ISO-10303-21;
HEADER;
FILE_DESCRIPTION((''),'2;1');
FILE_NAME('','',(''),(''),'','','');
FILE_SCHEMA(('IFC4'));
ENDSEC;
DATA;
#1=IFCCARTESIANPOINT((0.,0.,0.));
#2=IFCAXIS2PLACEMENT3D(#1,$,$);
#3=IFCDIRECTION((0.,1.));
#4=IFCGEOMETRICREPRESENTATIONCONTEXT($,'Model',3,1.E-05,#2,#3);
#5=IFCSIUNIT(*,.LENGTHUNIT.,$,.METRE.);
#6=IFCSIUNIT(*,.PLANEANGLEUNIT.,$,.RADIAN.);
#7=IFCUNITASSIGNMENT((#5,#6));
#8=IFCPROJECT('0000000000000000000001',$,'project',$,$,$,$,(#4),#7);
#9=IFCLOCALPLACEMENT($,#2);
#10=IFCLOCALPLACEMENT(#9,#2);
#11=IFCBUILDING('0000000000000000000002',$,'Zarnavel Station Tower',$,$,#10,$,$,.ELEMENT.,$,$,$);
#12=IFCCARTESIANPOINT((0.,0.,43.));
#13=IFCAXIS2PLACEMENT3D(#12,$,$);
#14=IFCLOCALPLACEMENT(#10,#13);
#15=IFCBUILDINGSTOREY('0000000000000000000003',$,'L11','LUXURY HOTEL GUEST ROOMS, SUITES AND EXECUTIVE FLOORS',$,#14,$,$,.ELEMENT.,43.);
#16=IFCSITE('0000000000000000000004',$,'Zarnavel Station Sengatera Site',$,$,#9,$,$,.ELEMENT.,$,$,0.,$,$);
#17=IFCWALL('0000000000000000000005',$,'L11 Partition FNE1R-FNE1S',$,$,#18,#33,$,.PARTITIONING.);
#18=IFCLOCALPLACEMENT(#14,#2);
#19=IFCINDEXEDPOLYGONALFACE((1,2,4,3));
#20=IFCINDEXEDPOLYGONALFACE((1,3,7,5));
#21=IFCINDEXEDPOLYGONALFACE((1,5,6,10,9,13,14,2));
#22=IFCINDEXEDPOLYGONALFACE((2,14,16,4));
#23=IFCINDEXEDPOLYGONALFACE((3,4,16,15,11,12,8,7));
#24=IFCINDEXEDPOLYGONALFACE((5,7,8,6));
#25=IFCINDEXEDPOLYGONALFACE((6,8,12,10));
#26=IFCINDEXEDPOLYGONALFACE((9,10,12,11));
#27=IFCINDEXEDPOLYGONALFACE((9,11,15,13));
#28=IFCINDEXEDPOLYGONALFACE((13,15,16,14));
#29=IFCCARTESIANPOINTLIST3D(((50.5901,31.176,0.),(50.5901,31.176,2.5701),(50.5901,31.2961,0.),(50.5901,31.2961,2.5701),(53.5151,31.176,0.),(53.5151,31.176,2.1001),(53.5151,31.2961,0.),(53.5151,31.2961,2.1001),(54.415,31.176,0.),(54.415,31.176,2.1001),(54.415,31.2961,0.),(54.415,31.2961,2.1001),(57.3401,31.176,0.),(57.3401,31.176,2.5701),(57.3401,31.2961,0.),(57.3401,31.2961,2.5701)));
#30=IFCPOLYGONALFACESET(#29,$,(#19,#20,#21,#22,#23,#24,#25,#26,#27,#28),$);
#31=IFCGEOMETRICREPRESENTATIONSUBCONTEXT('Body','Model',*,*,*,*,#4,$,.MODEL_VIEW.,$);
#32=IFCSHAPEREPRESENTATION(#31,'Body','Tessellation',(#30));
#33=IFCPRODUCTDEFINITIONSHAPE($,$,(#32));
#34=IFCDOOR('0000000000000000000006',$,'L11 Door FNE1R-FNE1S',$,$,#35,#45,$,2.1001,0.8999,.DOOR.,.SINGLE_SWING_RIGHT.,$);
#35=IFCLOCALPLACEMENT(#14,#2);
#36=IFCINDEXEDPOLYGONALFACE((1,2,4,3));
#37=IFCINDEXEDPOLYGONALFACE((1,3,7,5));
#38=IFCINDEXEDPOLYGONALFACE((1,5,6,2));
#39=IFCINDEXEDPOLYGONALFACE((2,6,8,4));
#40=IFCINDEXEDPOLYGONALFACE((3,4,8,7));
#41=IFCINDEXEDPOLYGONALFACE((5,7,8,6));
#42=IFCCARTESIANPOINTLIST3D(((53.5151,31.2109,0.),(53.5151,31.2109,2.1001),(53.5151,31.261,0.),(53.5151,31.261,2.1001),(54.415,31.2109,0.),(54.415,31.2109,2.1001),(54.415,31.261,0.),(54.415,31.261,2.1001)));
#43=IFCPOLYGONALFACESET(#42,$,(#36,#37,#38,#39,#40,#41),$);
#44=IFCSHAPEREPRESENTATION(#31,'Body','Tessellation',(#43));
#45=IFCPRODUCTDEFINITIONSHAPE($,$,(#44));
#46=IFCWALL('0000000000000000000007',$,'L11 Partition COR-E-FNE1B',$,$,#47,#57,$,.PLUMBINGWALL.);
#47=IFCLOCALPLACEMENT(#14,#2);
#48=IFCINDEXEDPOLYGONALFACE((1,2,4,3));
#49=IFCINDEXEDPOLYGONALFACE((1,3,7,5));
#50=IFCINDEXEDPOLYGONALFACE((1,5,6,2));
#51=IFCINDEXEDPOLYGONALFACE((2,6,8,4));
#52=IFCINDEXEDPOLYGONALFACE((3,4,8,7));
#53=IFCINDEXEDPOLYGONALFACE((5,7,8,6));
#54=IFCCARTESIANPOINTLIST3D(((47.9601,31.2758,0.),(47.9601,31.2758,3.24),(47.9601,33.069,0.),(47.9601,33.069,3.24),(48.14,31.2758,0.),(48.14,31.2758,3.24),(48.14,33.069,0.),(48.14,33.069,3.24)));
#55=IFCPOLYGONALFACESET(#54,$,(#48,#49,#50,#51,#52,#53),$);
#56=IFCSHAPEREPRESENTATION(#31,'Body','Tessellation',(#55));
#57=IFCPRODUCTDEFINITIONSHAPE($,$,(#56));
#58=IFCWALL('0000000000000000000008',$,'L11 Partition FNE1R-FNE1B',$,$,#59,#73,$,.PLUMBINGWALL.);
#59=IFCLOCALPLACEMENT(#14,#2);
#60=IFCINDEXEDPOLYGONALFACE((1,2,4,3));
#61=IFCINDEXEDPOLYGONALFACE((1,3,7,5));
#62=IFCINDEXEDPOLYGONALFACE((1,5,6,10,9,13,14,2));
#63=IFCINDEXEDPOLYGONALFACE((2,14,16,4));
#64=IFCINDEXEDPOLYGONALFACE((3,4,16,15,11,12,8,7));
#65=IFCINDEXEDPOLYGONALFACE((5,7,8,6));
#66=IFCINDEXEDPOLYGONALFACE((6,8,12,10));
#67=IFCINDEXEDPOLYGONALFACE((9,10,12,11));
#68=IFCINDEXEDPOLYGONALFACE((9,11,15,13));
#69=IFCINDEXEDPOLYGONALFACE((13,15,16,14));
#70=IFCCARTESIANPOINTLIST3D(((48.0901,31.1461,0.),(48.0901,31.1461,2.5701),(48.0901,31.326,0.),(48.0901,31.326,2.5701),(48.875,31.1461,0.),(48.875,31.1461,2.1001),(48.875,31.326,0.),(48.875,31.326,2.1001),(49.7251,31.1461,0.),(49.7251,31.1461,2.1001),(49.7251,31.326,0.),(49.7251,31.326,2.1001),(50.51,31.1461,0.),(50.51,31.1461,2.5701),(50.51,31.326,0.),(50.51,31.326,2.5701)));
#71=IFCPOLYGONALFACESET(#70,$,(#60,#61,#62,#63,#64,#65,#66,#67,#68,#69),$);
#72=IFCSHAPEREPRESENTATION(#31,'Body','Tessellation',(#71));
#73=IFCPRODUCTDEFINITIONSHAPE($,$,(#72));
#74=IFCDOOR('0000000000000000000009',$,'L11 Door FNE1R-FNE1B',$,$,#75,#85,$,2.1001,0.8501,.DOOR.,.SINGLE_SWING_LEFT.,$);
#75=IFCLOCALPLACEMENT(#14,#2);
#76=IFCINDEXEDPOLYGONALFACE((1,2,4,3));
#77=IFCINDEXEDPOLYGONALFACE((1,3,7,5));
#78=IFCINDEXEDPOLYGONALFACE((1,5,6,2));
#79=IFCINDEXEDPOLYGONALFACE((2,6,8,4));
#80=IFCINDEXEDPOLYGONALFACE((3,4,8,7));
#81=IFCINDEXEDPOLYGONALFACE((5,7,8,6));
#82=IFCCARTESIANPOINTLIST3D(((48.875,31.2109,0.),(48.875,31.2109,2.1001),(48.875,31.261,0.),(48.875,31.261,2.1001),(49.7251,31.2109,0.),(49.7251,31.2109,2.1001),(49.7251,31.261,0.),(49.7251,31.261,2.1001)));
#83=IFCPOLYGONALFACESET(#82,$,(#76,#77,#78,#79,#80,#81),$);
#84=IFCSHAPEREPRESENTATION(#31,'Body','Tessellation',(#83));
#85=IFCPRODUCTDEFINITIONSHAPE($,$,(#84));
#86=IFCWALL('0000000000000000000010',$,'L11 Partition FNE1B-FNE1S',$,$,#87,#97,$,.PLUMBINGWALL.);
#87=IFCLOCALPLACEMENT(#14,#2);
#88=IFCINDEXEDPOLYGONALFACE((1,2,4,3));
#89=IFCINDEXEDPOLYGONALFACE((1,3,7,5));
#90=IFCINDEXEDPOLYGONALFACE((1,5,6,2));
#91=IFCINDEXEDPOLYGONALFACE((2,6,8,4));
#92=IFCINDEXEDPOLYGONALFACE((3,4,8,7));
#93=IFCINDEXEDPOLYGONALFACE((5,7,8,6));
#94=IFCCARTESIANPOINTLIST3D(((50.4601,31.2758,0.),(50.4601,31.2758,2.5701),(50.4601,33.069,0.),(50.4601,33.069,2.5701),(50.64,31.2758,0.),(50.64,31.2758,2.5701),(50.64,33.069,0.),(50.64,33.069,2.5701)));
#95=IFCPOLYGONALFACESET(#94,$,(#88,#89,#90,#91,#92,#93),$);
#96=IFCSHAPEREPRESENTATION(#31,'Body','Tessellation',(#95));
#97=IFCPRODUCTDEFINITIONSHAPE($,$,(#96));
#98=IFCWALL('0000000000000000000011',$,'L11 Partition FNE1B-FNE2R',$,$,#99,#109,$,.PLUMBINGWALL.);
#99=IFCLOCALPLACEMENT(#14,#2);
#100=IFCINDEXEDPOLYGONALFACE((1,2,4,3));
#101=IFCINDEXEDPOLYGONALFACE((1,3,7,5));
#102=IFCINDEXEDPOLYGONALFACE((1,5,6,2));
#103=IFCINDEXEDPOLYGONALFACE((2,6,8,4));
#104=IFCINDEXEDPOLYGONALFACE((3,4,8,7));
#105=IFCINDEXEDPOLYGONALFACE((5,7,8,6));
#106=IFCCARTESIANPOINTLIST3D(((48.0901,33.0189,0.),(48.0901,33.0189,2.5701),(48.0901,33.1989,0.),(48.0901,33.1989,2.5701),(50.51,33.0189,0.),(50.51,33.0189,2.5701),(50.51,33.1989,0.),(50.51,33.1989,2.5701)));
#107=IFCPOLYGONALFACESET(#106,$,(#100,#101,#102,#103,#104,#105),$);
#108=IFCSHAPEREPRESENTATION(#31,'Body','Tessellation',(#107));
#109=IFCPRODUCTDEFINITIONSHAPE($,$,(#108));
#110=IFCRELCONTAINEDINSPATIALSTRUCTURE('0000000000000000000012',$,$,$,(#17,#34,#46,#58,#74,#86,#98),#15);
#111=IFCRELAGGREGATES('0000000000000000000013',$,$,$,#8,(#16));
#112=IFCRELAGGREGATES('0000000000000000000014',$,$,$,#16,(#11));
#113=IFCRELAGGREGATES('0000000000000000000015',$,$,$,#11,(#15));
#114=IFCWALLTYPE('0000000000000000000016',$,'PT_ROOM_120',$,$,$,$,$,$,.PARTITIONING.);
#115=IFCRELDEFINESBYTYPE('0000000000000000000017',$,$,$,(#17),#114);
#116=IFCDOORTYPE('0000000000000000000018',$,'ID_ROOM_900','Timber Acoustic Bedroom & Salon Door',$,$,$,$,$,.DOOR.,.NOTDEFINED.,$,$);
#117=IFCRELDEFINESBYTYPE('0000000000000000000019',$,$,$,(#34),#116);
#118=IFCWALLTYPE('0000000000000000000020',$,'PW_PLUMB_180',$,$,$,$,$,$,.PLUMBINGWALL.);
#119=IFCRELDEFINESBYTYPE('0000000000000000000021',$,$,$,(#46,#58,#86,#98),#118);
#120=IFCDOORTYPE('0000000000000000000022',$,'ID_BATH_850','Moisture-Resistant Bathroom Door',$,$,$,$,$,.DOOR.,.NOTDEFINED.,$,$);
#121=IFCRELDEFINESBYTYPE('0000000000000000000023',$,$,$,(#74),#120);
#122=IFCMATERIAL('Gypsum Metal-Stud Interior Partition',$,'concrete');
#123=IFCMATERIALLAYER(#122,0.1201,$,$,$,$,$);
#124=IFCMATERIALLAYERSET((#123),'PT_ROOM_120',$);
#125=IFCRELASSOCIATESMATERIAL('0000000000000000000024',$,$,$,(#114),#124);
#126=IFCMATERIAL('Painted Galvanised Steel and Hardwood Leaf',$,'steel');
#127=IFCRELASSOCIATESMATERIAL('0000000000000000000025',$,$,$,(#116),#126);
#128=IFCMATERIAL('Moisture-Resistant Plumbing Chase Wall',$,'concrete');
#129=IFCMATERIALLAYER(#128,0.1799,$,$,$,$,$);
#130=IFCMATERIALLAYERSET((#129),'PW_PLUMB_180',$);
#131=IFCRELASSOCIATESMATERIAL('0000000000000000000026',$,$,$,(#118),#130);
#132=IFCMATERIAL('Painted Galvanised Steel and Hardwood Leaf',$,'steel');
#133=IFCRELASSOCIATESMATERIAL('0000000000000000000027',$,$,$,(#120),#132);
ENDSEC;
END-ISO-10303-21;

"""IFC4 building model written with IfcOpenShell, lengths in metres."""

from ifc_helpers import new_model, si_unit, direction, frame, frame_2d, origin, place, context, subcontext, project, spatial, rectangle, extrude, material, layer, layer_set, type_object, element, fill, save


model = new_model("IFC4")

# Units and contexts
model_context = context("Model", 3, precision=1e-05, world=origin(), true_north=direction((0.0, 1.0)))
body_context = subcontext(model_context, "Body", "Model", "MODEL_VIEW")
ifc_project = project(units=[si_unit("LENGTHUNIT", "METRE"), si_unit("PLANEANGLEUNIT", "RADIAN")], contexts=[model_context])

# Site, building, storey
site_placement = place(None, origin())
site = spatial("IfcSite", under=ifc_project, at=site_placement, Name="Zarnavel Station Sengatera Site", CompositionType="ELEMENT", RefElevation=0.0)
building_placement = place(site_placement, origin())
building = spatial("IfcBuilding", under=site, at=building_placement, Name="Zarnavel Station Tower", CompositionType="ELEMENT")
storey_placement = place(building_placement, frame((0.0, 0.0, 43.0)))
storey = spatial("IfcBuildingStorey", under=building, at=storey_placement, Name="L11", Description="LUXURY HOTEL GUEST ROOMS, SUITES AND EXECUTIVE FLOORS", CompositionType="ELEMENT", Elevation=43.0)

# Wall, opening, door
ifc_material_1 = material(Name="Gypsum Metal-Stud Interior Partition", Category="concrete")
ifc_layer_1 = layer(ifc_material_1, 0.1201)
ifc_layer_set_1 = layer_set([ifc_layer_1], Name="PT_ROOM_120")
wall_type_1 = type_object("IfcWallType", Name="PT_ROOM_120", PredefinedType="PARTITIONING", material=ifc_layer_set_1)
wall_1_placement = place(storey_placement, frame((50.5901, 31.2361, 0.0), z_axis=(0.0, 0.0, 1.0), x_axis=(1.0, 0.0, 0.0)))
wall_1 = element("IfcWall", 1, at=wall_1_placement, inside=storey, type_object=wall_type_1, Name="L11 Partition FNE1R-FNE1S", PredefinedType="PARTITIONING", context=body_context, shape_type="SweptSolid", body=[
    extrude(rectangle(XDim=6.75, YDim=0.1201, at=frame_2d((3.375, 0.0))), origin(), (0.0, 0.0, 1.0), 2.5701),
])
opening_1_placement = place(wall_1_placement, frame((2.925, 0.0, 0.0)))
opening_1 = element("IfcOpeningElement", 2, at=opening_1_placement, cuts=wall_1, PredefinedType="OPENING", context=body_context, shape_type="SweptSolid", body=[
    extrude(rectangle(XDim=0.8999, YDim=2.1001, at=frame_2d((0.45, 1.05))), frame((0.0, 0.0701, 0.0), z_axis=(0.0, -1.0, 0.0), x_axis=(1.0, 0.0, 0.0)), (0.0, 0.0, 1.0), 0.1401),
])
ifc_material_2 = material(Name="Painted Galvanised Steel and Hardwood Leaf", Category="steel")
door_type_1 = type_object("IfcDoorType", Name="ID_ROOM_900", Description="Timber Acoustic Bedroom & Salon Door", OperationType="NOTDEFINED", PredefinedType="DOOR", material=ifc_material_2)
door_1_placement = place(opening_1_placement, origin())
door_1 = element("IfcDoor", 3, at=door_1_placement, inside=storey, type_object=door_type_1, Name="L11 Door FNE1R-FNE1S", OperationType="SINGLE_SWING_RIGHT", OverallHeight=2.1001, OverallWidth=0.8999, PredefinedType="DOOR", context=body_context, shape_type="SweptSolid", body=[
    extrude(rectangle(XDim=0.8999, YDim=2.1001, at=frame_2d((0.45, 1.05))), frame((0.0, 0.0249, 0.0), z_axis=(0.0, -1.0, 0.0), x_axis=(1.0, 0.0, 0.0)), (0.0, 0.0, 1.0), 0.05),
])
fill(opening_1, door_1)

# Wall
ifc_material_3 = material(Name="Moisture-Resistant Plumbing Chase Wall", Category="concrete")
ifc_layer_2 = layer(ifc_material_3, 0.1799)
ifc_layer_set_2 = layer_set([ifc_layer_2], Name="PW_PLUMB_180")
wall_type_2 = type_object("IfcWallType", Name="PW_PLUMB_180", PredefinedType="PLUMBINGWALL", material=ifc_layer_set_2)
wall_2_placement = place(storey_placement, frame((48.05, 31.2759, 0.0), z_axis=(0.0, 0.0, 1.0), x_axis=(0.0, 1.0, 0.0)))
element("IfcWall", 4, at=wall_2_placement, inside=storey, type_object=wall_type_2, Name="L11 Partition COR-E-FNE1B", PredefinedType="PLUMBINGWALL", context=body_context, shape_type="SweptSolid", body=[
    extrude(rectangle(XDim=1.7932, YDim=0.1799, at=frame_2d((0.8965, 0.0))), origin(), (0.0, 0.0, 1.0), 3.24),
])

# Wall, opening, door
wall_3_placement = place(storey_placement, frame((48.0901, 31.2361, 0.0), z_axis=(0.0, 0.0, 1.0), x_axis=(1.0, 0.0, 0.0)))
wall_3 = element("IfcWall", 5, at=wall_3_placement, inside=storey, type_object=wall_type_2, Name="L11 Partition FNE1R-FNE1B", PredefinedType="PLUMBINGWALL", context=body_context, shape_type="SweptSolid", body=[
    extrude(rectangle(XDim=2.4199, YDim=0.1799, at=frame_2d((1.21, 0.0))), origin(), (0.0, 0.0, 1.0), 2.5701),
])
opening_2_placement = place(wall_3_placement, frame((0.7849, 0.0, 0.0)))
opening_2 = element("IfcOpeningElement", 6, at=opening_2_placement, cuts=wall_3, PredefinedType="OPENING", context=body_context, shape_type="SweptSolid", body=[
    extrude(rectangle(XDim=0.8501, YDim=2.1001, at=frame_2d((0.425, 1.05))), frame((0.0, 0.0999, 0.0), z_axis=(0.0, -1.0, 0.0), x_axis=(1.0, 0.0, 0.0)), (0.0, 0.0, 1.0), 0.2),
])
ifc_material_4 = material(Name="Painted Galvanised Steel and Hardwood Leaf", Category="steel")
door_type_2 = type_object("IfcDoorType", Name="ID_BATH_850", Description="Moisture-Resistant Bathroom Door", OperationType="NOTDEFINED", PredefinedType="DOOR", material=ifc_material_4)
door_2_placement = place(opening_2_placement, origin())
door_2 = element("IfcDoor", 7, at=door_2_placement, inside=storey, type_object=door_type_2, Name="L11 Door FNE1R-FNE1B", OperationType="SINGLE_SWING_LEFT", OverallHeight=2.1001, OverallWidth=0.8501, PredefinedType="DOOR", context=body_context, shape_type="SweptSolid", body=[
    extrude(rectangle(XDim=0.8501, YDim=2.1001, at=frame_2d((0.425, 1.05))), frame((0.0, 0.0249, 0.0), z_axis=(0.0, -1.0, 0.0), x_axis=(1.0, 0.0, 0.0)), (0.0, 0.0, 1.0), 0.05),
])
fill(opening_2, door_2)

# Walls
wall_4_placement = place(storey_placement, frame((50.55, 31.2759, 0.0), z_axis=(0.0, 0.0, 1.0), x_axis=(0.0, 1.0, 0.0)))
element("IfcWall", 8, at=wall_4_placement, inside=storey, type_object=wall_type_2, Name="L11 Partition FNE1B-FNE1S", PredefinedType="PLUMBINGWALL", context=body_context, shape_type="SweptSolid", body=[
    extrude(rectangle(XDim=1.7932, YDim=0.1799, at=frame_2d((0.8965, 0.0))), origin(), (0.0, 0.0, 1.0), 2.5701),
])
wall_5_placement = place(storey_placement, frame((48.0901, 33.1089, 0.0), z_axis=(0.0, 0.0, 1.0), x_axis=(1.0, 0.0, 0.0)))
element("IfcWall", 9, at=wall_5_placement, inside=storey, type_object=wall_type_2, Name="L11 Partition FNE1B-FNE2R", PredefinedType="PLUMBINGWALL", context=body_context, shape_type="SweptSolid", body=[
    extrude(rectangle(XDim=2.4199, YDim=0.1799, at=frame_2d((1.21, 0.0))), origin(), (0.0, 0.0, 1.0), 2.5701),
])

save(model, "model.ifc")
